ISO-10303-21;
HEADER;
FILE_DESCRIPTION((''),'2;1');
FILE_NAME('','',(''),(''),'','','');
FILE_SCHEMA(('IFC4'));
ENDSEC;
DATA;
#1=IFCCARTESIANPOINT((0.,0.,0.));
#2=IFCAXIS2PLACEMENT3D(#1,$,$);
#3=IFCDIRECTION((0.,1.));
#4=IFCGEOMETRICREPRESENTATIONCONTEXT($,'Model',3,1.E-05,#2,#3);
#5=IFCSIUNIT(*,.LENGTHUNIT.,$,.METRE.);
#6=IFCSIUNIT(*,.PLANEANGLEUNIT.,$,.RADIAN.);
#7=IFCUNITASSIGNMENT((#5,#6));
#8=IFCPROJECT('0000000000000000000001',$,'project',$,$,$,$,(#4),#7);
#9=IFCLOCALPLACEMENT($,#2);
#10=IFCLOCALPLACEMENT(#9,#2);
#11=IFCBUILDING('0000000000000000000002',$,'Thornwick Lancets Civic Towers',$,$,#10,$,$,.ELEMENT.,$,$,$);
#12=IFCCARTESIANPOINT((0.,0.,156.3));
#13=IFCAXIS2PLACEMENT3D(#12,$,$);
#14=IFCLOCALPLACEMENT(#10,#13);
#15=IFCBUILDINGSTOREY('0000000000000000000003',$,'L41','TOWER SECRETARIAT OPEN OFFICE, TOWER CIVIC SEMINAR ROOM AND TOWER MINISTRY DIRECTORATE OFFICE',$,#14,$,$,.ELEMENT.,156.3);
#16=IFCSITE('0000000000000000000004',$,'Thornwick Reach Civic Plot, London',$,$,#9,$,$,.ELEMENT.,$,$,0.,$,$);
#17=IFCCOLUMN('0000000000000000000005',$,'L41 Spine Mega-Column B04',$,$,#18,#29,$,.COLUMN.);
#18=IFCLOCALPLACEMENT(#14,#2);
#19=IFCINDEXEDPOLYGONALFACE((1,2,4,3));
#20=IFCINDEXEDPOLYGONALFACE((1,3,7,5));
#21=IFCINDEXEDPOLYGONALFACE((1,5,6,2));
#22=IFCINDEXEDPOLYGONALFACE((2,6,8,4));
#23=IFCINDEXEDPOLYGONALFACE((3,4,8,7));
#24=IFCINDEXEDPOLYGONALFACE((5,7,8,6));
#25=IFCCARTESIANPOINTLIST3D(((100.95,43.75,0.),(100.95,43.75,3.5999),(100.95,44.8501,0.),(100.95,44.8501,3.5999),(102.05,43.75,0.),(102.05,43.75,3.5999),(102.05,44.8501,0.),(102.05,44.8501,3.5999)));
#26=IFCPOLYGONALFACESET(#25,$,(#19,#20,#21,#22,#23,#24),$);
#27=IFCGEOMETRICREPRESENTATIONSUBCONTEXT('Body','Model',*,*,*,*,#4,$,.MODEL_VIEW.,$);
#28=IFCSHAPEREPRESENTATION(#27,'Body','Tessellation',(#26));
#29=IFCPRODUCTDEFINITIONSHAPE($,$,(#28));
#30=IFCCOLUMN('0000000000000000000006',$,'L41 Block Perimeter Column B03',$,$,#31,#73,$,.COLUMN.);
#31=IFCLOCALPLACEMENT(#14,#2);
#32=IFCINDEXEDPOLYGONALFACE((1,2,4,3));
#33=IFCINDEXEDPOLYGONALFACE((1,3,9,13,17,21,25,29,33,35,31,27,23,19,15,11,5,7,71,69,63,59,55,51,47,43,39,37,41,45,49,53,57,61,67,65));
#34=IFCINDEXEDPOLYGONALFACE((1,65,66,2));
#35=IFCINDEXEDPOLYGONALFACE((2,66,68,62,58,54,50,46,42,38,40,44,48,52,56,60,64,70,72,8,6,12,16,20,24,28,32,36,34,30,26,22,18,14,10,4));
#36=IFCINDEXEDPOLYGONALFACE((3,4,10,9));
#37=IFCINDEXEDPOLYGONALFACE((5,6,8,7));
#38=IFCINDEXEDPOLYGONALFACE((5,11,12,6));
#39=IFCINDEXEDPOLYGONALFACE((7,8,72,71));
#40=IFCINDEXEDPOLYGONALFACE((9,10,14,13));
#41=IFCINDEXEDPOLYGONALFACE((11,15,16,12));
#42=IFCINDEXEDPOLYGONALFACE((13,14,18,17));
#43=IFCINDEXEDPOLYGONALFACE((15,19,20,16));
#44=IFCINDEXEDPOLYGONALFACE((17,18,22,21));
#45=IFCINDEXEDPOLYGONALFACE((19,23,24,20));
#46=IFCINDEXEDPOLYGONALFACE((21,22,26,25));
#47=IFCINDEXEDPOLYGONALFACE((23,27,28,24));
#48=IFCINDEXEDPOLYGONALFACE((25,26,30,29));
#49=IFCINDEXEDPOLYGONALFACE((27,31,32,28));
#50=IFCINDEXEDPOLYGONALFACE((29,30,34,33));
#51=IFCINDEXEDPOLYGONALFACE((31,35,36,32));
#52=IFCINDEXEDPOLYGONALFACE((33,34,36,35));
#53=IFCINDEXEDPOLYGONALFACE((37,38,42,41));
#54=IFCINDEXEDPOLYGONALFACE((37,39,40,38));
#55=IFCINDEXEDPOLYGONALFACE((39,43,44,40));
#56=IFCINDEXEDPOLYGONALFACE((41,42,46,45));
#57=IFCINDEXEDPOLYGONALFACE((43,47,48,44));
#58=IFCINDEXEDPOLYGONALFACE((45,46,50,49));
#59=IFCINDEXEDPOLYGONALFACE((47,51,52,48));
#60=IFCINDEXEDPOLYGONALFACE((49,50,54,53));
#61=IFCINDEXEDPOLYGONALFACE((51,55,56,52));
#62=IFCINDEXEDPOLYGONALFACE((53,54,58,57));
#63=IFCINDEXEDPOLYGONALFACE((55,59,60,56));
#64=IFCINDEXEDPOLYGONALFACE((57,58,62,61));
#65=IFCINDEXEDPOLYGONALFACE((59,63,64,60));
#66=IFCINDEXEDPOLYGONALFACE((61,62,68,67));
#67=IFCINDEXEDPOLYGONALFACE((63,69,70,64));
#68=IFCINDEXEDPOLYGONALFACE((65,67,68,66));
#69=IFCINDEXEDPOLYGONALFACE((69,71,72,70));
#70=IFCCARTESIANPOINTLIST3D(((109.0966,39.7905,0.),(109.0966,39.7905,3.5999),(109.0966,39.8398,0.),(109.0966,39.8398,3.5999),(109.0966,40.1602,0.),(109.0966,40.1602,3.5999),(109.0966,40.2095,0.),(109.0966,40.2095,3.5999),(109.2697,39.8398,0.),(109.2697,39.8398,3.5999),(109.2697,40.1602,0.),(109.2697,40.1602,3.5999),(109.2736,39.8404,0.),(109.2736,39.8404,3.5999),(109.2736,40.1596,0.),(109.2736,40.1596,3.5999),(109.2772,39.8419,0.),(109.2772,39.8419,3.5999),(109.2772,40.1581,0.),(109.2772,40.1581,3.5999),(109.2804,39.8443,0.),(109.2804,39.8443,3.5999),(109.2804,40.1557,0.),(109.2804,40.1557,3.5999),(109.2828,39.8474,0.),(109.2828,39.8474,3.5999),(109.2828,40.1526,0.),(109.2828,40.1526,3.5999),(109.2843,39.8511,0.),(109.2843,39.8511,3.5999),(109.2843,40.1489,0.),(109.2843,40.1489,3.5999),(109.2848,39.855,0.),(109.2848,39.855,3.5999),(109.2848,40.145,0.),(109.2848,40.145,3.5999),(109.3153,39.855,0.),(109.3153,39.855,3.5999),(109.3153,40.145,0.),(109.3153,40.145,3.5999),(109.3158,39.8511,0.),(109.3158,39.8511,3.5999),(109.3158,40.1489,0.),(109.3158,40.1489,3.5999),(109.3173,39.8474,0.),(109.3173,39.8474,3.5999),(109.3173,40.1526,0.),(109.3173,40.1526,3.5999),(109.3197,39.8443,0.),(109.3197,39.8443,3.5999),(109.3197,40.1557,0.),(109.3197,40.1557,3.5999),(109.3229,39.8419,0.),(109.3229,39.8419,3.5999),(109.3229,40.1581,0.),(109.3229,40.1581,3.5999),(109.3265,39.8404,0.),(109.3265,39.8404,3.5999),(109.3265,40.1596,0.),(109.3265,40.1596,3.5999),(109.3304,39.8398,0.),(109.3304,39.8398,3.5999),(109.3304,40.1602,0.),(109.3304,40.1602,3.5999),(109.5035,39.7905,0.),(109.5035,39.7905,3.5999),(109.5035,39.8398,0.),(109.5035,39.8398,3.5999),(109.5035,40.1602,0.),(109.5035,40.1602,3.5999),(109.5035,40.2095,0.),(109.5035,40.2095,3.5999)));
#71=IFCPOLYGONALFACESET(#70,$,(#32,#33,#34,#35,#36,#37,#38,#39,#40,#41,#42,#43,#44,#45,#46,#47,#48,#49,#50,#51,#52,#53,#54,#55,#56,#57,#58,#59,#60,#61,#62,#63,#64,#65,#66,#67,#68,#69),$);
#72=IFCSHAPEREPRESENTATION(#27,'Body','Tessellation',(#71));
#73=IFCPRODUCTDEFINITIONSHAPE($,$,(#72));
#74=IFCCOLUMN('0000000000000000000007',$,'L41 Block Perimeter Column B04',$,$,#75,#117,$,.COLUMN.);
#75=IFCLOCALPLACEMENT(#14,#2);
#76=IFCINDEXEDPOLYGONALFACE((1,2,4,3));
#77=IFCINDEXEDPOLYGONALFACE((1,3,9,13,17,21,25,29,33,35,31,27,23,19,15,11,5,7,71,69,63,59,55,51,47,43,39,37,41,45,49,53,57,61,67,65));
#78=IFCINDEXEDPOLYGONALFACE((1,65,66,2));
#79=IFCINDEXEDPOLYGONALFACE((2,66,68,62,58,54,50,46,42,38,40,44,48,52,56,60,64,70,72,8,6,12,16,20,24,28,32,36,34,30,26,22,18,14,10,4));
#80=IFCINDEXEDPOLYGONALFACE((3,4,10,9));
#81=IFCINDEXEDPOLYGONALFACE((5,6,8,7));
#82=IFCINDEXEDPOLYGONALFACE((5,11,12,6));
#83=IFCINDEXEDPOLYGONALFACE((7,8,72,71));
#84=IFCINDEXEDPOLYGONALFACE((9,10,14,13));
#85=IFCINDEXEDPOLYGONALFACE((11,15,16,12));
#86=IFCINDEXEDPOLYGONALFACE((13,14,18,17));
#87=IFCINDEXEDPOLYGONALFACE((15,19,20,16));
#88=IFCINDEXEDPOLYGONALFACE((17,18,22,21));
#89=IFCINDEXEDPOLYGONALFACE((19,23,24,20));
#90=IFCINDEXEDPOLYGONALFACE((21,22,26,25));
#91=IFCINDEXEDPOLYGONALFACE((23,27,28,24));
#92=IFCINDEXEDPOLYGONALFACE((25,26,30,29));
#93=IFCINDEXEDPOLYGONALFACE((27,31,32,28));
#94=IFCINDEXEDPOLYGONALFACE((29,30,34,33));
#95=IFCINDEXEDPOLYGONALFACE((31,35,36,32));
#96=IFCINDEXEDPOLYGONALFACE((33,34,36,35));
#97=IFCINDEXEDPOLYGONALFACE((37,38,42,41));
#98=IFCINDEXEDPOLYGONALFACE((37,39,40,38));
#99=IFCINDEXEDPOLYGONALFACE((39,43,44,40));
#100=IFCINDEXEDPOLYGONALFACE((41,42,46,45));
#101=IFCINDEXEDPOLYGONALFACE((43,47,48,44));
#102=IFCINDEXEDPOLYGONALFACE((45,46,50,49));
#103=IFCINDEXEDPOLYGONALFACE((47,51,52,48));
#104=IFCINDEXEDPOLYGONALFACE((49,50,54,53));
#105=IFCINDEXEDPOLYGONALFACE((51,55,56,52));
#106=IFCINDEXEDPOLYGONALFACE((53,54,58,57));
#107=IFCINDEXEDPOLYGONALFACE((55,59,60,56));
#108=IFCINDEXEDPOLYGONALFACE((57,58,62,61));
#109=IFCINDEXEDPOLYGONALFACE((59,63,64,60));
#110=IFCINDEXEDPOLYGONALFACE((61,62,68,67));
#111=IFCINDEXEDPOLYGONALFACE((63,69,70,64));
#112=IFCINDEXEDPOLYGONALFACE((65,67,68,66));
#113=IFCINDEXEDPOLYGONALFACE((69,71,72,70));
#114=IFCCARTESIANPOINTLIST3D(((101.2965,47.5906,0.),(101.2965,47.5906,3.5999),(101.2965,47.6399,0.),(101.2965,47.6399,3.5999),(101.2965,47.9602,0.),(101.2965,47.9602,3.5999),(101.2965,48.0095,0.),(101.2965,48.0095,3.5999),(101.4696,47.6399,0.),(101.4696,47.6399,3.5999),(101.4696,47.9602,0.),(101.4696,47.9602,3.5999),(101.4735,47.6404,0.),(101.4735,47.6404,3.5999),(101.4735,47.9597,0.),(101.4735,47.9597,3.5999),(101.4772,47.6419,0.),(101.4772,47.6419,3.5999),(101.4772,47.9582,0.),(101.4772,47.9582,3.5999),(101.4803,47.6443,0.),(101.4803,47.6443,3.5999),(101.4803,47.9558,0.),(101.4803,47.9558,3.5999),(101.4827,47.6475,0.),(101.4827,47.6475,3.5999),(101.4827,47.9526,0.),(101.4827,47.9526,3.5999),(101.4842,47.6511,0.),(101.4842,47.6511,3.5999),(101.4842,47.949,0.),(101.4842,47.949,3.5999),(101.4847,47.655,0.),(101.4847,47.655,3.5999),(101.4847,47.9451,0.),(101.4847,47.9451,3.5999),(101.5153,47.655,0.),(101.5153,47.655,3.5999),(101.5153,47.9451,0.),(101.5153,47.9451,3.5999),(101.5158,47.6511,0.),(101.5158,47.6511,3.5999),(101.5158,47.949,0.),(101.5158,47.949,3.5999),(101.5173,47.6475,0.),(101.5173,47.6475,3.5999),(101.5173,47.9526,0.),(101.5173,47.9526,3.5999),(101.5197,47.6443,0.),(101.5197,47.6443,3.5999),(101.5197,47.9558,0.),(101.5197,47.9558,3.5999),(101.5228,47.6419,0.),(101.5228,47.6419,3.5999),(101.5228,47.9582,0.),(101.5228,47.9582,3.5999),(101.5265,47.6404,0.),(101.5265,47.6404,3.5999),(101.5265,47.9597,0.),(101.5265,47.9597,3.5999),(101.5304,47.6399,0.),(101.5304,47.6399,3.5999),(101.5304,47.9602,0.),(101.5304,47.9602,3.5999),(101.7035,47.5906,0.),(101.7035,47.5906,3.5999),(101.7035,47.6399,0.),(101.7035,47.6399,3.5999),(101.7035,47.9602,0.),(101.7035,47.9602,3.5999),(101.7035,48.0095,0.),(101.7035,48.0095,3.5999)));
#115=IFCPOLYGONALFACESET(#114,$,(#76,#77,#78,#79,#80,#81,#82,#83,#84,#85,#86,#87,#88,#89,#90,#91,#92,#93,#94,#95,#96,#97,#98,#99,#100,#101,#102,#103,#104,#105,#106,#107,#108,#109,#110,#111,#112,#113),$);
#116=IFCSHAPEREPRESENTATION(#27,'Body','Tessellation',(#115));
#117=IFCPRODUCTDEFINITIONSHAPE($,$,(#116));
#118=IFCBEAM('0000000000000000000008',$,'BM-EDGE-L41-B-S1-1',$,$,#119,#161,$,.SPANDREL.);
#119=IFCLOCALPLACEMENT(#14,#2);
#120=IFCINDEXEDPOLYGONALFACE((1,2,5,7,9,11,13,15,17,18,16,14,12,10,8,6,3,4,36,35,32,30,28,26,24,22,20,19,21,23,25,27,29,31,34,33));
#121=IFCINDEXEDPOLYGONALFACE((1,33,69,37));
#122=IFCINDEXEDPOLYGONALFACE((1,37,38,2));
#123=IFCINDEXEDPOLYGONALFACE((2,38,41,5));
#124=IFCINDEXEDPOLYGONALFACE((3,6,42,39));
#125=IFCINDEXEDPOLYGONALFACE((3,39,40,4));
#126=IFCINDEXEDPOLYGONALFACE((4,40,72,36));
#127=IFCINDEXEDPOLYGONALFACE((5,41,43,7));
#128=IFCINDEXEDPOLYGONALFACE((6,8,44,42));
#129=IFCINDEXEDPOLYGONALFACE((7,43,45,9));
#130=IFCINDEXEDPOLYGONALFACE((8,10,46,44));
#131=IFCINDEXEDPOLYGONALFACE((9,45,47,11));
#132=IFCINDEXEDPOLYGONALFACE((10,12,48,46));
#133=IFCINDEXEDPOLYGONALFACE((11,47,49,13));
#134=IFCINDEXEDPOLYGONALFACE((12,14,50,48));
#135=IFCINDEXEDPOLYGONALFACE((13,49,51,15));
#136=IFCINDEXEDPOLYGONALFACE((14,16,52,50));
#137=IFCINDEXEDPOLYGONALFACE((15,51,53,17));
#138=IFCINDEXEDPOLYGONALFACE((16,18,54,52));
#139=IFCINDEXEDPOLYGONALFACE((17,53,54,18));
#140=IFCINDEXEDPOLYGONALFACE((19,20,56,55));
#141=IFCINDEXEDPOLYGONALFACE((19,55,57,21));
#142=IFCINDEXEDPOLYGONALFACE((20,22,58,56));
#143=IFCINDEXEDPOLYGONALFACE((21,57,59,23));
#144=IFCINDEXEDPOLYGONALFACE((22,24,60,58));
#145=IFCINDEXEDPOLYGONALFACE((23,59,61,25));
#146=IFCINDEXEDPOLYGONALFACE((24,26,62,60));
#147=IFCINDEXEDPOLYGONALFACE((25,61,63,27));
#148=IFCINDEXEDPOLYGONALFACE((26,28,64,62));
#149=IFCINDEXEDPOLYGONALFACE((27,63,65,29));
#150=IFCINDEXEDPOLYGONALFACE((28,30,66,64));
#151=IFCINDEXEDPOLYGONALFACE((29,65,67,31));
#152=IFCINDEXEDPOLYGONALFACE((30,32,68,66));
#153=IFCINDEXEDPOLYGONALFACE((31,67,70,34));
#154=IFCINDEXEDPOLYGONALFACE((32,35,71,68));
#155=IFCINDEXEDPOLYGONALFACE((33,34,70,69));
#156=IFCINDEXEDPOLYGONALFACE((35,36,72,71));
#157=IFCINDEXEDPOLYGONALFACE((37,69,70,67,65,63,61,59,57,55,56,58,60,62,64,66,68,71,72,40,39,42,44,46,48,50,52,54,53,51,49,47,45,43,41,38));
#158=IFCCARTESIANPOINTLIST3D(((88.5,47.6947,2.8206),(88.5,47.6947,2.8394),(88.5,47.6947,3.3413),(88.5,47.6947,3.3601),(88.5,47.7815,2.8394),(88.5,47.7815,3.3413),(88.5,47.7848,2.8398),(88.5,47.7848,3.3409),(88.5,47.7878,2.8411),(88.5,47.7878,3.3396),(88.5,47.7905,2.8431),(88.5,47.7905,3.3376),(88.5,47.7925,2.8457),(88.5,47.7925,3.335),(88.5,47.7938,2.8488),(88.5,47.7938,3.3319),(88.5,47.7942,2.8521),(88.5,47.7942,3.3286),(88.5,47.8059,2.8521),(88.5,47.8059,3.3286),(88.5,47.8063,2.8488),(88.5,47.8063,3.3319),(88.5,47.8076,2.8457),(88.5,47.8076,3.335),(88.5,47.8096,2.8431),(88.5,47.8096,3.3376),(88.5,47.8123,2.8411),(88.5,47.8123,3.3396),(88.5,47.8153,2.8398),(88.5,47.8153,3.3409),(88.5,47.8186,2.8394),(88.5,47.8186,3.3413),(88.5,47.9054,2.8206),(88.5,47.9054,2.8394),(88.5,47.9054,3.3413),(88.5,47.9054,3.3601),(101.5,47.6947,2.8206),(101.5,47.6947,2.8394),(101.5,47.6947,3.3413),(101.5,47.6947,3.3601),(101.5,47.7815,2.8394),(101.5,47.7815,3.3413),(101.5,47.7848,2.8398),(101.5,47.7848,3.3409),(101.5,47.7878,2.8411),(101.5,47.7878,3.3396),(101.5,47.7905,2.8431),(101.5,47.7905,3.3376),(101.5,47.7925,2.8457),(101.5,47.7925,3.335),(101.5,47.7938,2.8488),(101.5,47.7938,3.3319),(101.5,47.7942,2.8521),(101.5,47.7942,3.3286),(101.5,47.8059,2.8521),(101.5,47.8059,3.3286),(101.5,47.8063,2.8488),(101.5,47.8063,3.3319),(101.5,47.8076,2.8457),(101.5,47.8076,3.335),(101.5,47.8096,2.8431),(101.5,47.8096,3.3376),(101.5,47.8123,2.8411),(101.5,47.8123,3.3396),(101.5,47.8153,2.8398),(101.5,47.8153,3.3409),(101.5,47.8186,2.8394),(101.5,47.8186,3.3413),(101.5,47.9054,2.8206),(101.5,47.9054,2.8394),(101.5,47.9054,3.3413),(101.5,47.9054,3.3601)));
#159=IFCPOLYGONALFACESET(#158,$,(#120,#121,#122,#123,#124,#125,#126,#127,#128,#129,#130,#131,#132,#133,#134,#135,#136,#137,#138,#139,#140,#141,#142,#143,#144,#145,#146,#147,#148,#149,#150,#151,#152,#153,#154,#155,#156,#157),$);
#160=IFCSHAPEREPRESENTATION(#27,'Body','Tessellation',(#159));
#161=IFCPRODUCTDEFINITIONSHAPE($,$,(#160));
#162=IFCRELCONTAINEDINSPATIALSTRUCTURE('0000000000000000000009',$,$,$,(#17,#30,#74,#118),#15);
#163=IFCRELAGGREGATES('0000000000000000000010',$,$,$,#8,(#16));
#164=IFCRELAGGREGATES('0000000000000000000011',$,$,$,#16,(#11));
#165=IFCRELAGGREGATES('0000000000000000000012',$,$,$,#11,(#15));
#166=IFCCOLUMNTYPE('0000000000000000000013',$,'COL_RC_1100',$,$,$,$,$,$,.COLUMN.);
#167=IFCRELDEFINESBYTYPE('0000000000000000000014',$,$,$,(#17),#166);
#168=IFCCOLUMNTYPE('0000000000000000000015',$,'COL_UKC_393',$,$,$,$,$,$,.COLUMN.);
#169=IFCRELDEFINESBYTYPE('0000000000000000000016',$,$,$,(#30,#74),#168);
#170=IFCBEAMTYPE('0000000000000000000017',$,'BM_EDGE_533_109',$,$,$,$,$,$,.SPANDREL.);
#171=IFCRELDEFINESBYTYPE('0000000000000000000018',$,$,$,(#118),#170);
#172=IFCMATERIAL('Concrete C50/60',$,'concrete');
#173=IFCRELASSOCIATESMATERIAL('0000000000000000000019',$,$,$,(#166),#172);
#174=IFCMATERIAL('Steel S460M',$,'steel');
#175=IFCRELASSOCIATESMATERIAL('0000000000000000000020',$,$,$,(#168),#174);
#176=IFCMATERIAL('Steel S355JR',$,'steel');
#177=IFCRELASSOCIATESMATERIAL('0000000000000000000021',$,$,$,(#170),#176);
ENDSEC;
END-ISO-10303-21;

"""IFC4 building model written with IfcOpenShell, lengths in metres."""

from ifc_helpers import new_model, si_unit, direction, frame, origin, origin_2d, place, context, subcontext, project, spatial, rectangle, i_section, extrude, material, material_profile, profile_set, type_object, element, save


model = new_model("IFC4")

# Units and contexts
model_context = context("Model", 3, precision=1e-05, world=origin(), true_north=direction((0.0, 1.0)))
body_context = subcontext(model_context, "Body", "Model", "MODEL_VIEW")
ifc_project = project(units=[si_unit("LENGTHUNIT", "METRE"), si_unit("PLANEANGLEUNIT", "RADIAN")], contexts=[model_context])

# Site, building, storey
site_placement = place(None, origin())
site = spatial("IfcSite", under=ifc_project, at=site_placement, Name="Thornwick Reach Civic Plot, London", CompositionType="ELEMENT", RefElevation=0.0)
building_placement = place(site_placement, origin())
building = spatial("IfcBuilding", under=site, at=building_placement, Name="Thornwick Lancets Civic Towers", CompositionType="ELEMENT")
storey_placement = place(building_placement, frame((0.0, 0.0, 156.3)))
storey = spatial("IfcBuildingStorey", under=building, at=storey_placement, Name="L41", Description="TOWER SECRETARIAT OPEN OFFICE, TOWER CIVIC SEMINAR ROOM AND TOWER MINISTRY DIRECTORATE OFFICE", CompositionType="ELEMENT", Elevation=156.3)

# Columns
ifc_material_1 = material(Name="Concrete C50/60", Category="concrete")
ifc_material_profile_1 = material_profile(ifc_material_1, rectangle(XDim=1.1001, YDim=1.1001, at=origin_2d()), Name="RC 1100x1100")
ifc_profile_set_1 = profile_set([ifc_material_profile_1], Name="Concrete C50/60")
column_type_1 = type_object("IfcColumnType", Name="COL_RC_1100", PredefinedType="COLUMN", material=ifc_profile_set_1)
column_placement = place(storey_placement, frame((101.5, 44.3, 0.0), z_axis=(0.0, 0.0, 1.0), x_axis=(1.0, 0.0, 0.0)))
element("IfcColumn", 1, at=column_placement, inside=storey, type_object=column_type_1, Name="L41 Spine Mega-Column B04", PredefinedType="COLUMN", context=body_context, shape_type="SweptSolid", body=[
    extrude(rectangle(XDim=1.1001, YDim=1.1001, at=origin_2d()), origin(), (0.0, 0.0, 1.0), 3.5999),
])
ifc_material_2 = material(Name="Steel S460M", Category="steel")
ifc_material_profile_2 = material_profile(ifc_material_2, i_section(OverallWidth=0.407, OverallDepth=0.4189, WebThickness=0.0305, FlangeThickness=0.0493, FilletRadius=0.0151, at=origin_2d()), Name="UKC 356x406x393")
ifc_profile_set_2 = profile_set([ifc_material_profile_2], Name="Steel S460M")
column_type_2 = type_object("IfcColumnType", Name="COL_UKC_393", PredefinedType="COLUMN", material=ifc_profile_set_2)
for number, where, z_axis, x_axis, name in (
    (2, (109.3, 40.0, 0.0), (0.0, 0.0, 1.0), (1.0, 0.0, 0.0), "L41 Block Perimeter Column B03"),
    (3, (101.5, 47.8, 0.0), (0.0, 0.0, 1.0), (1.0, 0.0, 0.0), "L41 Block Perimeter Column B04"),
):
    element("IfcColumn", number, at=place(storey_placement, frame(where, z_axis=z_axis, x_axis=x_axis)), inside=storey, type_object=column_type_2, Name=name, PredefinedType="COLUMN", context=body_context, shape_type="SweptSolid", body=[
        extrude(i_section(OverallWidth=0.407, OverallDepth=0.4189, WebThickness=0.0305, FlangeThickness=0.0493, FilletRadius=0.0151, at=origin_2d()), origin(), (0.0, 0.0, 1.0), 3.5999),
    ])

# Beam
ifc_material_3 = material(Name="Steel S355JR", Category="steel")
ifc_material_profile_3 = material_profile(ifc_material_3, i_section(OverallWidth=0.2107, OverallDepth=0.5396, WebThickness=0.0117, FlangeThickness=0.0188, FilletRadius=0.0127, at=origin_2d()), Name="UKB 533x210x109")
ifc_profile_set_3 = profile_set([ifc_material_profile_3], Name="Steel S355JR")
beam_type_1 = type_object("IfcBeamType", Name="BM_EDGE_533_109", PredefinedType="SPANDREL", material=ifc_profile_set_3)
beam_1_placement = place(storey_placement, frame((101.5, 47.8, 3.0903), z_axis=(-1.0, 0.0, 0.0), x_axis=(0.0, -1.0, 0.0)))
element("IfcBeam", 4, at=beam_1_placement, inside=storey, type_object=beam_type_1, Name="BM-EDGE-L41-B-S1-1", PredefinedType="SPANDREL", context=body_context, shape_type="SweptSolid", body=[
    extrude(i_section(OverallWidth=0.2107, OverallDepth=0.5396, WebThickness=0.0117, FlangeThickness=0.0188, FilletRadius=0.0127, at=origin_2d()), origin(), (0.0, 0.0, 1.0), 13.0),
])

save(model, "model.ifc")
